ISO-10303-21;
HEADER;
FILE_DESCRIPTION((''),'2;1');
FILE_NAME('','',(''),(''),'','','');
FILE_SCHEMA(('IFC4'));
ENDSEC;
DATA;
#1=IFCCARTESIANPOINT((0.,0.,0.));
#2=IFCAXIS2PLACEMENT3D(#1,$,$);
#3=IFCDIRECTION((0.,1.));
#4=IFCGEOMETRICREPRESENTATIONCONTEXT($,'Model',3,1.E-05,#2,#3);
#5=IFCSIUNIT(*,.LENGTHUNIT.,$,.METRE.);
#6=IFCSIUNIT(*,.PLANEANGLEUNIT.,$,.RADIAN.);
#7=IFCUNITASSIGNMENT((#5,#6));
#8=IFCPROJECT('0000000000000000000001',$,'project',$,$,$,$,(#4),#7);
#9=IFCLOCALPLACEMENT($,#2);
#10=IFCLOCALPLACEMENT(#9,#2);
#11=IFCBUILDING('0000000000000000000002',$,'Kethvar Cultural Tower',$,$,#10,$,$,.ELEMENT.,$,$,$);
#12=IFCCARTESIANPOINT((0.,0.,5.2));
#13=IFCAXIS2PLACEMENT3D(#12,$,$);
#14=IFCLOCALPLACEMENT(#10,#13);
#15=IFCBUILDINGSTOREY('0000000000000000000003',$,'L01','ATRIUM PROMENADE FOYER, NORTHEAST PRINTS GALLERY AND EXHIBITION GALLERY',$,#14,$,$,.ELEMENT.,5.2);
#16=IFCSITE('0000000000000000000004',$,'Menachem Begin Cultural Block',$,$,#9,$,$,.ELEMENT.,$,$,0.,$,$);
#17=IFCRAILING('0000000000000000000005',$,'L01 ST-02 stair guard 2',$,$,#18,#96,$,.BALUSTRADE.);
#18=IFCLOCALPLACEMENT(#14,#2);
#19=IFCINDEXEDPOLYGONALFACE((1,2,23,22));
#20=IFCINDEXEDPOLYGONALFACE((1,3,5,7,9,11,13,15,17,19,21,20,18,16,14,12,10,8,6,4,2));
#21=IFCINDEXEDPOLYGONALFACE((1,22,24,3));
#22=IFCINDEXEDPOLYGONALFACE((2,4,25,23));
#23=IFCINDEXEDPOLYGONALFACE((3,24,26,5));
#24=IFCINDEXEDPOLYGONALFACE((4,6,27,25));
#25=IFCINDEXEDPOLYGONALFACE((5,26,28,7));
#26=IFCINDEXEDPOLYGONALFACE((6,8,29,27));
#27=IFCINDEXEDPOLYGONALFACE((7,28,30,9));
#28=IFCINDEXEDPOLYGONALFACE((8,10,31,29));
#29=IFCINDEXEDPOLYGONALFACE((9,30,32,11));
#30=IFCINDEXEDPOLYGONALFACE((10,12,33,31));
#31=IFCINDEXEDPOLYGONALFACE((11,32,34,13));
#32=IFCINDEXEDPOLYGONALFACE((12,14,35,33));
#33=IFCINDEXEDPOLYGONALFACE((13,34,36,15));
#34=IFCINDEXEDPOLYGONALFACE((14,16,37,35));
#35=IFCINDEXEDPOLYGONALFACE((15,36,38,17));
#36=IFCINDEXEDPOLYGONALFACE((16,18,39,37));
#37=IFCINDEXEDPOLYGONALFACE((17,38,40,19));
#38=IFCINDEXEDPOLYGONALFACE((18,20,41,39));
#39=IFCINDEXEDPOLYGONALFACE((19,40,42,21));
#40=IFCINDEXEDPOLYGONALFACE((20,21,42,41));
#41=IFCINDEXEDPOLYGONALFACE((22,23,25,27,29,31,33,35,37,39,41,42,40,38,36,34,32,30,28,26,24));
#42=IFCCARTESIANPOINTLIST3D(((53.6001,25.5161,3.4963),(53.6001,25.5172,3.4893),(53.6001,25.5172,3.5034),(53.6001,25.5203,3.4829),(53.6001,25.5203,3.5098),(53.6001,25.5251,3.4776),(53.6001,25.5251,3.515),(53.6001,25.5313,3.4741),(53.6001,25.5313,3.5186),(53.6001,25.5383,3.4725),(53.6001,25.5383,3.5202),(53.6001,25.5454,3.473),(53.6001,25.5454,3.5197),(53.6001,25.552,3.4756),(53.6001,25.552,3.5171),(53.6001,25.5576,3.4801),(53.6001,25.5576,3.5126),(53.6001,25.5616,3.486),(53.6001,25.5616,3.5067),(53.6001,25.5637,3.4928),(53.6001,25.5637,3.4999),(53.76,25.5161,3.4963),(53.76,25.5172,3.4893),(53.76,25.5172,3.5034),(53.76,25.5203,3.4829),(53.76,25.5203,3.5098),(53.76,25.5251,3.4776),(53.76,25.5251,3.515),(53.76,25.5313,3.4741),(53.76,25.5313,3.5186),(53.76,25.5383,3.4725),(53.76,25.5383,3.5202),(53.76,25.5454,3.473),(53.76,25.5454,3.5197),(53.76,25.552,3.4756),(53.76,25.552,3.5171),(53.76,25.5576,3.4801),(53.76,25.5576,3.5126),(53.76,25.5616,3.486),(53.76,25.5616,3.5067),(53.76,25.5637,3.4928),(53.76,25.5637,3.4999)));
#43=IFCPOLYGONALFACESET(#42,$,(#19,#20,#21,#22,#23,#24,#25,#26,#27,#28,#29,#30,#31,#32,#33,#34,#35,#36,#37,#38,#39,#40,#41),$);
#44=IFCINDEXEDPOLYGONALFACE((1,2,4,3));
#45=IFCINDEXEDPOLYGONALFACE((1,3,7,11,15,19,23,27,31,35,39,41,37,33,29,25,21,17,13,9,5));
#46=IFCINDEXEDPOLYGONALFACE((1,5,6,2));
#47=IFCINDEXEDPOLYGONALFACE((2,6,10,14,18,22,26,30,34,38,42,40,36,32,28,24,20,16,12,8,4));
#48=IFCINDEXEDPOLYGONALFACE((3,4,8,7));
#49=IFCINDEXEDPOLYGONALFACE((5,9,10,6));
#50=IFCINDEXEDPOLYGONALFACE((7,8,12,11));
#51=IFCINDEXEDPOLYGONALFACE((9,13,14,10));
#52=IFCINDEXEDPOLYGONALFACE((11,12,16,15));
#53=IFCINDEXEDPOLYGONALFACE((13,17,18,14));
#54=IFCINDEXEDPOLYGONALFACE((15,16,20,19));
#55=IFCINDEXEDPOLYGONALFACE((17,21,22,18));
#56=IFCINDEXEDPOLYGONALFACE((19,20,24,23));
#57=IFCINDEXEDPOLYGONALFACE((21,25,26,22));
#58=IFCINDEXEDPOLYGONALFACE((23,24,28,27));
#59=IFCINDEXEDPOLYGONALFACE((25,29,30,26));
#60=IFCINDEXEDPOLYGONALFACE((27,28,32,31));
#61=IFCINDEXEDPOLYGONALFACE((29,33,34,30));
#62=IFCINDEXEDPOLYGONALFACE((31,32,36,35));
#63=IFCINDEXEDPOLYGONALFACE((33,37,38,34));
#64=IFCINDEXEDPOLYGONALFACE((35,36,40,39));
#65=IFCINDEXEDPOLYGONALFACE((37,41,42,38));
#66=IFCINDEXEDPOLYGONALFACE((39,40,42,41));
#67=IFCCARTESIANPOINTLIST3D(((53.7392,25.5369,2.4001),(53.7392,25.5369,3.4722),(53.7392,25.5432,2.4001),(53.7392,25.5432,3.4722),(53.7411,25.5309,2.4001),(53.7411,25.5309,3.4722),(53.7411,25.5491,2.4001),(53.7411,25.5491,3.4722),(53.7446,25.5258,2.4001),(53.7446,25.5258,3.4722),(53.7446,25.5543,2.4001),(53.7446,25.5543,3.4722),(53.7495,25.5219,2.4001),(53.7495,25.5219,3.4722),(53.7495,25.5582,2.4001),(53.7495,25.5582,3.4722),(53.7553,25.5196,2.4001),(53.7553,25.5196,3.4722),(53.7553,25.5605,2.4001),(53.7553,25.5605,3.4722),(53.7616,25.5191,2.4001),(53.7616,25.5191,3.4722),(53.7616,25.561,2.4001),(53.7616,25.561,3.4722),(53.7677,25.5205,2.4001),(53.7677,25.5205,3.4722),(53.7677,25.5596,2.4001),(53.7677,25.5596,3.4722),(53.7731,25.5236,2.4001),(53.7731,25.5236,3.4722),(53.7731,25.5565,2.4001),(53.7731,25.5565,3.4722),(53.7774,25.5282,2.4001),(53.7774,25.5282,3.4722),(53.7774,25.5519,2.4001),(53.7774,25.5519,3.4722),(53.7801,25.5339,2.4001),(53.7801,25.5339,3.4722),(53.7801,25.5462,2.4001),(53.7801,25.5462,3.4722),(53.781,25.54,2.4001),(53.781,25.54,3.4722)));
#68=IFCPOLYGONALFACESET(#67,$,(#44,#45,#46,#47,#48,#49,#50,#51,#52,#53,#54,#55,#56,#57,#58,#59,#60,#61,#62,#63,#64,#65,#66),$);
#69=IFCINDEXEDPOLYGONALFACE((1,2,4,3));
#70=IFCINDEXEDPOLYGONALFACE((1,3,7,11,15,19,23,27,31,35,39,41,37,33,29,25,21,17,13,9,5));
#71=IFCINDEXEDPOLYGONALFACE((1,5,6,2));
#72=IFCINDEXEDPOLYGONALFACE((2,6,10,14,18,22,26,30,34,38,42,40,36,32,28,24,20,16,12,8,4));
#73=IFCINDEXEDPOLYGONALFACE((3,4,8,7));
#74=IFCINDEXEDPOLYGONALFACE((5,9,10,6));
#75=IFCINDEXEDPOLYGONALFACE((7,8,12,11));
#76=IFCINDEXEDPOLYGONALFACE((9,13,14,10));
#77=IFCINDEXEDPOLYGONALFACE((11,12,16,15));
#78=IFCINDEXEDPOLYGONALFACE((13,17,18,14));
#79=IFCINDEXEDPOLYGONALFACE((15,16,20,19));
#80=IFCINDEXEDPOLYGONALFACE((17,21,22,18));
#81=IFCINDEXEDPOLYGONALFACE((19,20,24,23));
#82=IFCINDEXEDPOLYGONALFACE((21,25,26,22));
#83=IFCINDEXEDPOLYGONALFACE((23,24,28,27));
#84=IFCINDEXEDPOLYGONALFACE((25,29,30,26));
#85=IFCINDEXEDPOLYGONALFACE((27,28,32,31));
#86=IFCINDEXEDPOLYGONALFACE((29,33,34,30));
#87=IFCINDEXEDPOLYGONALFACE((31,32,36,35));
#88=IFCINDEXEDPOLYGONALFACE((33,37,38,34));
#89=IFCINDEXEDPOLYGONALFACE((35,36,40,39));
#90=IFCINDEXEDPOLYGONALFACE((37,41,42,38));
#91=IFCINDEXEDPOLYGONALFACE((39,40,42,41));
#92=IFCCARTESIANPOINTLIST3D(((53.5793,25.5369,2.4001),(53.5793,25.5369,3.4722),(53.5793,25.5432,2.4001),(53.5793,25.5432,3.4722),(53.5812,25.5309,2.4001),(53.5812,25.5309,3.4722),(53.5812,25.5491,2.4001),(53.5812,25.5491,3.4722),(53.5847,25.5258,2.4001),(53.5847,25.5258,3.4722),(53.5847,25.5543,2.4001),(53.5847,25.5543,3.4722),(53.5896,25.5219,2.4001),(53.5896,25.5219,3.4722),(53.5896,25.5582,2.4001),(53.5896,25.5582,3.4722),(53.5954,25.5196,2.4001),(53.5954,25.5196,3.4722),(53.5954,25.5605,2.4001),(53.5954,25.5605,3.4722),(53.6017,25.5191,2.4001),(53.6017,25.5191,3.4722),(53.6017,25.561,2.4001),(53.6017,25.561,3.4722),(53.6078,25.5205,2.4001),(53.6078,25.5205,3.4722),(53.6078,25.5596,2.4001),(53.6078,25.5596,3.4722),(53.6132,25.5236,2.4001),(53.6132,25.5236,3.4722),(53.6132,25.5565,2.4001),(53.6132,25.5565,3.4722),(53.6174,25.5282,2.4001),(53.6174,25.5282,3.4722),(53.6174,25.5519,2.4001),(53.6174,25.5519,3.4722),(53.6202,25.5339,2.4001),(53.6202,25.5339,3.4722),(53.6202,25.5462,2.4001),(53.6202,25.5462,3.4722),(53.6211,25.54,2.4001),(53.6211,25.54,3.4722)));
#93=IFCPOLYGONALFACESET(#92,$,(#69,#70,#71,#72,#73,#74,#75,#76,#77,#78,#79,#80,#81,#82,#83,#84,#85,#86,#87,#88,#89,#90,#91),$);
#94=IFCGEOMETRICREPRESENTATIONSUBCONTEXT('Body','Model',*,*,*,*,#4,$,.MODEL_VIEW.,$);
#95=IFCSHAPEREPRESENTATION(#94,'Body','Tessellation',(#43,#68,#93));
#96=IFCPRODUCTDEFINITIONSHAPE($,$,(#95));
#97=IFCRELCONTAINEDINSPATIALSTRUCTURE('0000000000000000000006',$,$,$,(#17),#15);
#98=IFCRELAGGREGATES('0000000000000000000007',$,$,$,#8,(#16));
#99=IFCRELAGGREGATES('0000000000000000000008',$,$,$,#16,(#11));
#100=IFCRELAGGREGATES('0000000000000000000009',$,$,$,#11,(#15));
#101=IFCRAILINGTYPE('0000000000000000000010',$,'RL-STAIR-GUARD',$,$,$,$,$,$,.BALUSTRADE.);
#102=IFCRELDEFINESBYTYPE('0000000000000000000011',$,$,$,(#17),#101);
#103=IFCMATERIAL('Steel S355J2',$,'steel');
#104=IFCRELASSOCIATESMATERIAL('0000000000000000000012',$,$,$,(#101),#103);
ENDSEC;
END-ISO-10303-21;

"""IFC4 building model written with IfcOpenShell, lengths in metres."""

from ifc_helpers import new_model, si_unit, direction, frame, origin, origin_2d, place, context, subcontext, project, spatial, circle, extrude, material, type_object, element, save


model = new_model("IFC4")

# Units and contexts
model_context = context("Model", 3, precision=1e-05, world=origin(), true_north=direction((0.0, 1.0)))
body_context = subcontext(model_context, "Body", "Model", "MODEL_VIEW")
ifc_project = project(units=[si_unit("LENGTHUNIT", "METRE"), si_unit("PLANEANGLEUNIT", "RADIAN")], contexts=[model_context])

# Site, building, storey
site_placement = place(None, origin())
site = spatial("IfcSite", under=ifc_project, at=site_placement, Name="Menachem Begin Cultural Block", CompositionType="ELEMENT", RefElevation=0.0)
building_placement = place(site_placement, origin())
building = spatial("IfcBuilding", under=site, at=building_placement, Name="Kethvar Cultural Tower", CompositionType="ELEMENT")
storey_placement = place(building_placement, frame((0.0, 0.0, 5.2)))
storey = spatial("IfcBuildingStorey", under=building, at=storey_placement, Name="L01", Description="ATRIUM PROMENADE FOYER, NORTHEAST PRINTS GALLERY AND EXHIBITION GALLERY", CompositionType="ELEMENT", Elevation=5.2)

# Shared definitions
ifc_material_1 = material(Name="Steel S355J2", Category="steel")

# Railing
railing_type_1 = type_object("IfcRailingType", Name="RL-STAIR-GUARD", PredefinedType="BALUSTRADE", material=ifc_material_1)
railing_1_placement = place(storey_placement, frame((53.76, 25.54, 2.4001)))
element("IfcRailing", 1, at=railing_1_placement, inside=storey, type_object=railing_type_1, Name="L01 ST-02 stair guard 2", PredefinedType="BALUSTRADE", context=body_context, shape_type="SweptSolid", body=[
    extrude(circle(Radius=0.0239, at=origin_2d()), frame((0.0, 0.0, 1.0962), z_axis=(-1.0, 0.0, 0.0), x_axis=(0.0, -1.0, 0.0)), (0.0, 0.0, 1.0), 0.1599),
    extrude(circle(Radius=0.021, at=origin_2d()), origin(), (0.0, 0.0, 1.0), 1.072),
    extrude(circle(Radius=0.021, at=origin_2d()), frame((-0.1599, 0.0, 0.0)), (0.0, 0.0, 1.0), 1.072),
])

save(model, "model.ifc")
